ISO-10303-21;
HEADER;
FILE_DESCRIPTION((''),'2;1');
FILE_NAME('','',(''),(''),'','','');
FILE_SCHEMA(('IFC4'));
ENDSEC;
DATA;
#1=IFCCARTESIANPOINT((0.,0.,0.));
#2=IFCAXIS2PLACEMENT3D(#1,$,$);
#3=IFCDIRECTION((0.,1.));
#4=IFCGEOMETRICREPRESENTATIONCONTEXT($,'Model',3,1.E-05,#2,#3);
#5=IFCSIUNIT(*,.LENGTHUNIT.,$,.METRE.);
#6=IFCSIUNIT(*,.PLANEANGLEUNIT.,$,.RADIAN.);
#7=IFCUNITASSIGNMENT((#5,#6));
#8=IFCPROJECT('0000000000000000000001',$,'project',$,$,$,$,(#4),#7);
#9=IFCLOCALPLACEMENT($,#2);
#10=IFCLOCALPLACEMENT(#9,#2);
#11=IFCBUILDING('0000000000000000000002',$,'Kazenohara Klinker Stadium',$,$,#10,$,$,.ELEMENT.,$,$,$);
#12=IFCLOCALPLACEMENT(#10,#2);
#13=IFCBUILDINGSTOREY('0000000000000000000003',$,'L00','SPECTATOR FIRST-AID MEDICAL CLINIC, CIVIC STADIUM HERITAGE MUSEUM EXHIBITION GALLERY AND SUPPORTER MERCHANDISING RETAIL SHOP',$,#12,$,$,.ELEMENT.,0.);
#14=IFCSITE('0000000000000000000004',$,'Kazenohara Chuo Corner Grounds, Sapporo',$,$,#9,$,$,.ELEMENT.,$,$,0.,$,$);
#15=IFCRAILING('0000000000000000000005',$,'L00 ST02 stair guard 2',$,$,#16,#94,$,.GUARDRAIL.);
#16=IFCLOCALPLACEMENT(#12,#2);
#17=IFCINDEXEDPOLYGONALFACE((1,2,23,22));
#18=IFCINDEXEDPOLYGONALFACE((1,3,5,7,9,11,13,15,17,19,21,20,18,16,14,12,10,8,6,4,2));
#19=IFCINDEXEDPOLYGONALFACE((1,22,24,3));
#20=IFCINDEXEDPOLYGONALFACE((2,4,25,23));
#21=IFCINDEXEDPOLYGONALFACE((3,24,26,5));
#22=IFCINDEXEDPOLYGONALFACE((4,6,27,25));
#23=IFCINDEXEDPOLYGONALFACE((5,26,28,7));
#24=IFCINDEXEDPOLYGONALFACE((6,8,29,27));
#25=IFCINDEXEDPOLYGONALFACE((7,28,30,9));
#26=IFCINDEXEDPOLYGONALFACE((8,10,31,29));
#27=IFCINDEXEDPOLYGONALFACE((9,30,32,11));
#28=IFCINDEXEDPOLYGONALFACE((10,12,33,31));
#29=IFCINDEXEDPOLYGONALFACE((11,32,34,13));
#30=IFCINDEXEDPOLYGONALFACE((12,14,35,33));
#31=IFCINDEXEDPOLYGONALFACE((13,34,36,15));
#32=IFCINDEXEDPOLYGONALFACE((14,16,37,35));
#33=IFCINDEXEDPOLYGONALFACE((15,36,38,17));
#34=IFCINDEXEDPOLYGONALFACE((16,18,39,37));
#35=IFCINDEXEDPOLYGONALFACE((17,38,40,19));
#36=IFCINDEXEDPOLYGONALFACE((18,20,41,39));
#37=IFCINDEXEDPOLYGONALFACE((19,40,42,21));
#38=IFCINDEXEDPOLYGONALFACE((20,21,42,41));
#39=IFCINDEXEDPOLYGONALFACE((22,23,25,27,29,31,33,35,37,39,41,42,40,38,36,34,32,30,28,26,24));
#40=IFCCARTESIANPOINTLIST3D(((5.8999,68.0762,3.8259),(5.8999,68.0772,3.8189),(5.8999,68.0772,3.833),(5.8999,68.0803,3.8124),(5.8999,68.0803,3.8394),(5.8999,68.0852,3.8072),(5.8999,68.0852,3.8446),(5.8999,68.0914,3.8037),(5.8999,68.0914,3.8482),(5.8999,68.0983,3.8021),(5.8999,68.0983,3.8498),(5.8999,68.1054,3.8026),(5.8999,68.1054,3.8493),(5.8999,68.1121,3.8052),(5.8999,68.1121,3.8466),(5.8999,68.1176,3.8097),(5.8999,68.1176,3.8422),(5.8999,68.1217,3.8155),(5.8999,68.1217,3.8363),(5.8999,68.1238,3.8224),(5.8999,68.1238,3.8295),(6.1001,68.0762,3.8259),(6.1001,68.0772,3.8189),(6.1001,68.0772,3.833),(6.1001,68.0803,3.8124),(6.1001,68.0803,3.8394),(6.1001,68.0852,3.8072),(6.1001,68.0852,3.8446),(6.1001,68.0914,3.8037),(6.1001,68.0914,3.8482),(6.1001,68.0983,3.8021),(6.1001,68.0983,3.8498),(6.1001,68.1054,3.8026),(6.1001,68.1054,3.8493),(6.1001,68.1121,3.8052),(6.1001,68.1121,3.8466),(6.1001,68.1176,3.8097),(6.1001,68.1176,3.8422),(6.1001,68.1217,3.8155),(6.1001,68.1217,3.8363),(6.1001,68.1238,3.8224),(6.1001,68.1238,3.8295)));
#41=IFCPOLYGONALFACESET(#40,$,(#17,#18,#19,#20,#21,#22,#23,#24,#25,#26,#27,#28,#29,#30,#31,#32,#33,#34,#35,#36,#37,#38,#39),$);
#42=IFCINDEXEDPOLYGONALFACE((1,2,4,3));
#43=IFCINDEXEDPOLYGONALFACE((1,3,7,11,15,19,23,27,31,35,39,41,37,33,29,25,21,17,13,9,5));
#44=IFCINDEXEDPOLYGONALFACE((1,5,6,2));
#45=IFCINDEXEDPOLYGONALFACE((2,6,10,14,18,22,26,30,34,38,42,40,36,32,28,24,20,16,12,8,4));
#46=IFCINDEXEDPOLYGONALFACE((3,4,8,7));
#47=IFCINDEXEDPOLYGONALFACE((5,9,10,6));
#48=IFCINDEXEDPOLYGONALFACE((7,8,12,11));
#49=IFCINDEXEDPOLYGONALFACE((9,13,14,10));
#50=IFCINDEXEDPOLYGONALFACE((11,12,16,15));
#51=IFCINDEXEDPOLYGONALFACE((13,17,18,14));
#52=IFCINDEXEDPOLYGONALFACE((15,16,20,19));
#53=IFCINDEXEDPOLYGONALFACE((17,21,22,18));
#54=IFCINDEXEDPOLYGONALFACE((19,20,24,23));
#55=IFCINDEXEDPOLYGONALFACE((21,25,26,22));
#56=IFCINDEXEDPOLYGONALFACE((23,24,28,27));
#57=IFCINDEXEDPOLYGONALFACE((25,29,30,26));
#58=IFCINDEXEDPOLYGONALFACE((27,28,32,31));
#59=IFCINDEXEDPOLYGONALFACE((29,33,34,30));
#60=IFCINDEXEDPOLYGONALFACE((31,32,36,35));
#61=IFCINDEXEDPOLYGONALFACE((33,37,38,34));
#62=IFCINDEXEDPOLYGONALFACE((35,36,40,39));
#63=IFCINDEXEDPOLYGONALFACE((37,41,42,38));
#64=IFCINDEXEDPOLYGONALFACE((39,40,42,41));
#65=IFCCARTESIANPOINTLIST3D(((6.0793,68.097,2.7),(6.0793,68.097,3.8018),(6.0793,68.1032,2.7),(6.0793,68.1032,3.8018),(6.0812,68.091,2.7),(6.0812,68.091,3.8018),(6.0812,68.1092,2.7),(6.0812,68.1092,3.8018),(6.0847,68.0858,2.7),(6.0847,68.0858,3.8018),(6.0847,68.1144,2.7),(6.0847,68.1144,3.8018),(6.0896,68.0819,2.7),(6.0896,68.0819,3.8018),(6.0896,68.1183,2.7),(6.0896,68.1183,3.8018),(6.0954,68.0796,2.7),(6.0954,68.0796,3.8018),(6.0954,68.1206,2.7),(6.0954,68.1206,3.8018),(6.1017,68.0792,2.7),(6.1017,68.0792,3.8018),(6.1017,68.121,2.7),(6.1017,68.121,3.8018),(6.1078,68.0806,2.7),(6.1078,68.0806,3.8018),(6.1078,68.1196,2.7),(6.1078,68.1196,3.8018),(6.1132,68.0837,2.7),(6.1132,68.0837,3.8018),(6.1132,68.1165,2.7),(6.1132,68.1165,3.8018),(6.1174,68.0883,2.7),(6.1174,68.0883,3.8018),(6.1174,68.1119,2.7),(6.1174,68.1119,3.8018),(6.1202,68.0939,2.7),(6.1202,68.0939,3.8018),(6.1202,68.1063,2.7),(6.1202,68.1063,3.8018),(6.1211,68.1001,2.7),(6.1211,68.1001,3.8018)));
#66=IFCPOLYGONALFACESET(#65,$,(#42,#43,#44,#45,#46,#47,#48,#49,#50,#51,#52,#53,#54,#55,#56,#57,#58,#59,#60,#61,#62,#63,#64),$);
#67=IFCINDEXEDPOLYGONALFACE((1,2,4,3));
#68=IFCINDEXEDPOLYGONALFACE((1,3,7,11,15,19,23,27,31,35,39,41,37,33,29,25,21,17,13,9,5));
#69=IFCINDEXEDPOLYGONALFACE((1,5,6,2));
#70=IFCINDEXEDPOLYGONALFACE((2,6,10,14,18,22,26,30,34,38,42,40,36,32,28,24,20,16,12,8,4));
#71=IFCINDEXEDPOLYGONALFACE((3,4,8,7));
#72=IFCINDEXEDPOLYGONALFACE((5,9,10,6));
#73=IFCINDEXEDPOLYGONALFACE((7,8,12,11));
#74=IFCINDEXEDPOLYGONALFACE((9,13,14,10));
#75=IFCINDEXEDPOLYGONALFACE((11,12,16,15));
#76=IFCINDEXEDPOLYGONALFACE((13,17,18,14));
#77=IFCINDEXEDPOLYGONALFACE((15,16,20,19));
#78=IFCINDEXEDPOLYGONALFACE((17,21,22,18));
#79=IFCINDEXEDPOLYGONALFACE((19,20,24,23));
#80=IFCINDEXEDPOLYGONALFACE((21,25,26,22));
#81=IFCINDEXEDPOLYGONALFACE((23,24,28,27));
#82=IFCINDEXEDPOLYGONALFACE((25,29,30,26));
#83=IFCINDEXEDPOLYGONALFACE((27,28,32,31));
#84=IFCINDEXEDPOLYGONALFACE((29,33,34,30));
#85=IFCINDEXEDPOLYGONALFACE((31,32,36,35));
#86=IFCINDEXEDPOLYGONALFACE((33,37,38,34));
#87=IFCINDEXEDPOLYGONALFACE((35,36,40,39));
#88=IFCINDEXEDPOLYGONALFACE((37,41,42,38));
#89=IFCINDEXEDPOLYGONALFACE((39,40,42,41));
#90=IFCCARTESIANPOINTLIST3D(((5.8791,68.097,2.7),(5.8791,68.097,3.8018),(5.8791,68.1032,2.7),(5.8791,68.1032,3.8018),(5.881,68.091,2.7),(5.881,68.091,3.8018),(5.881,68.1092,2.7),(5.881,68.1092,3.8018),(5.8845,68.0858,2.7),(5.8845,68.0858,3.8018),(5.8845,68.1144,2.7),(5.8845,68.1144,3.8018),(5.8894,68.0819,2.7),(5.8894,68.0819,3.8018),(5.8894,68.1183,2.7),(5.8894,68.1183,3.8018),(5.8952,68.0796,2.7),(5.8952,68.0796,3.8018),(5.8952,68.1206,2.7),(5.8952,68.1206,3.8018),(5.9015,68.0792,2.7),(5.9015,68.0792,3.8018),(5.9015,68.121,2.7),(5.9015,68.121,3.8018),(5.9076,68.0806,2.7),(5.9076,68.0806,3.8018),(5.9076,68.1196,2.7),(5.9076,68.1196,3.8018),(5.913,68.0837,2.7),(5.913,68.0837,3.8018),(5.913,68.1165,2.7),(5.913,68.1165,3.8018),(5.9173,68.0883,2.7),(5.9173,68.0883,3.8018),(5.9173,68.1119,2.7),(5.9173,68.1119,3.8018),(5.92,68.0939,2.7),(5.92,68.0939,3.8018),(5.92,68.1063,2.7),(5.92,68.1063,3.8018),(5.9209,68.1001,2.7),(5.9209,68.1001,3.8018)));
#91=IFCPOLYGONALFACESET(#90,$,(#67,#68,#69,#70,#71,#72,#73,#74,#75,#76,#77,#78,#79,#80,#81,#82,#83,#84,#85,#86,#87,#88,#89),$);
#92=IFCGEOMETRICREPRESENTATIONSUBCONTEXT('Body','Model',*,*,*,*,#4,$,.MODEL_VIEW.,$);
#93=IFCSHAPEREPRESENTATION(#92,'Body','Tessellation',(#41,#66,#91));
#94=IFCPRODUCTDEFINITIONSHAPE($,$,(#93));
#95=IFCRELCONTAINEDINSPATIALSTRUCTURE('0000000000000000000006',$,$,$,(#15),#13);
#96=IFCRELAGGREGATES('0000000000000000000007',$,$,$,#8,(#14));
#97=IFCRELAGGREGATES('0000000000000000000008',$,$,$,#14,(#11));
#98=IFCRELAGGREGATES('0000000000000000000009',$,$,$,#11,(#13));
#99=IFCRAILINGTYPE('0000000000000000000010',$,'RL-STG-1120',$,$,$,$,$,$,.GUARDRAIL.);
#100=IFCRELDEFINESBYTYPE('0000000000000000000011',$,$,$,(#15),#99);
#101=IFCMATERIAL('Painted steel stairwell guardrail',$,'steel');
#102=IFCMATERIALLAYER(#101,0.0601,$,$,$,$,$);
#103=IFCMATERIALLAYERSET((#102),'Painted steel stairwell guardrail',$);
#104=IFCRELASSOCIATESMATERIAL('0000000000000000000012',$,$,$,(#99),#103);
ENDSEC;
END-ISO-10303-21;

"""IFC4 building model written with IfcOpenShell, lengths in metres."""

from ifc_helpers import new_model, si_unit, direction, frame, origin, origin_2d, place, context, subcontext, project, spatial, circle, extrude, material, layer, layer_set, type_object, element, save


model = new_model("IFC4")

# Units and contexts
model_context = context("Model", 3, precision=1e-05, world=origin(), true_north=direction((0.0, 1.0)))
body_context = subcontext(model_context, "Body", "Model", "MODEL_VIEW")
ifc_project = project(units=[si_unit("LENGTHUNIT", "METRE"), si_unit("PLANEANGLEUNIT", "RADIAN")], contexts=[model_context])

# Site, building, storey
site_placement = place(None, origin())
site = spatial("IfcSite", under=ifc_project, at=site_placement, Name="Kazenohara Chuo Corner Grounds, Sapporo", CompositionType="ELEMENT", RefElevation=0.0)
building_placement = place(site_placement, origin())
building = spatial("IfcBuilding", under=site, at=building_placement, Name="Kazenohara Klinker Stadium", CompositionType="ELEMENT")
storey_placement = place(building_placement, origin())
storey = spatial("IfcBuildingStorey", under=building, at=storey_placement, Name="L00", Description="SPECTATOR FIRST-AID MEDICAL CLINIC, CIVIC STADIUM HERITAGE MUSEUM EXHIBITION GALLERY AND SUPPORTER MERCHANDISING RETAIL SHOP", CompositionType="ELEMENT", Elevation=0.0)

# Railing
ifc_material_1 = material(Name="Painted steel stairwell guardrail", Category="steel")
ifc_layer_1 = layer(ifc_material_1, 0.0601)
ifc_layer_set_1 = layer_set([ifc_layer_1], Name="Painted steel stairwell guardrail")
railing_type_1 = type_object("IfcRailingType", Name="RL-STG-1120", PredefinedType="GUARDRAIL", material=ifc_layer_set_1)
railing_1_placement = place(storey_placement, frame((6.1001, 68.1001, 2.7)))
element("IfcRailing", 1, at=railing_1_placement, inside=storey, type_object=railing_type_1, Name="L00 ST02 stair guard 2", PredefinedType="GUARDRAIL", context=body_context, shape_type="SweptSolid", body=[
    extrude(circle(Radius=0.0239, at=origin_2d()), frame((0.0, 0.0, 1.126), z_axis=(-1.0, 0.0, 0.0), x_axis=(0.0, -1.0, 0.0)), (0.0, 0.0, 1.0), 0.2002),
    extrude(circle(Radius=0.021, at=origin_2d()), origin(), (0.0, 0.0, 1.0), 1.1018),
    extrude(circle(Radius=0.021, at=origin_2d()), frame((-0.2002, 0.0, 0.0)), (0.0, 0.0, 1.0), 1.1018),
])

save(model, "model.ifc")
